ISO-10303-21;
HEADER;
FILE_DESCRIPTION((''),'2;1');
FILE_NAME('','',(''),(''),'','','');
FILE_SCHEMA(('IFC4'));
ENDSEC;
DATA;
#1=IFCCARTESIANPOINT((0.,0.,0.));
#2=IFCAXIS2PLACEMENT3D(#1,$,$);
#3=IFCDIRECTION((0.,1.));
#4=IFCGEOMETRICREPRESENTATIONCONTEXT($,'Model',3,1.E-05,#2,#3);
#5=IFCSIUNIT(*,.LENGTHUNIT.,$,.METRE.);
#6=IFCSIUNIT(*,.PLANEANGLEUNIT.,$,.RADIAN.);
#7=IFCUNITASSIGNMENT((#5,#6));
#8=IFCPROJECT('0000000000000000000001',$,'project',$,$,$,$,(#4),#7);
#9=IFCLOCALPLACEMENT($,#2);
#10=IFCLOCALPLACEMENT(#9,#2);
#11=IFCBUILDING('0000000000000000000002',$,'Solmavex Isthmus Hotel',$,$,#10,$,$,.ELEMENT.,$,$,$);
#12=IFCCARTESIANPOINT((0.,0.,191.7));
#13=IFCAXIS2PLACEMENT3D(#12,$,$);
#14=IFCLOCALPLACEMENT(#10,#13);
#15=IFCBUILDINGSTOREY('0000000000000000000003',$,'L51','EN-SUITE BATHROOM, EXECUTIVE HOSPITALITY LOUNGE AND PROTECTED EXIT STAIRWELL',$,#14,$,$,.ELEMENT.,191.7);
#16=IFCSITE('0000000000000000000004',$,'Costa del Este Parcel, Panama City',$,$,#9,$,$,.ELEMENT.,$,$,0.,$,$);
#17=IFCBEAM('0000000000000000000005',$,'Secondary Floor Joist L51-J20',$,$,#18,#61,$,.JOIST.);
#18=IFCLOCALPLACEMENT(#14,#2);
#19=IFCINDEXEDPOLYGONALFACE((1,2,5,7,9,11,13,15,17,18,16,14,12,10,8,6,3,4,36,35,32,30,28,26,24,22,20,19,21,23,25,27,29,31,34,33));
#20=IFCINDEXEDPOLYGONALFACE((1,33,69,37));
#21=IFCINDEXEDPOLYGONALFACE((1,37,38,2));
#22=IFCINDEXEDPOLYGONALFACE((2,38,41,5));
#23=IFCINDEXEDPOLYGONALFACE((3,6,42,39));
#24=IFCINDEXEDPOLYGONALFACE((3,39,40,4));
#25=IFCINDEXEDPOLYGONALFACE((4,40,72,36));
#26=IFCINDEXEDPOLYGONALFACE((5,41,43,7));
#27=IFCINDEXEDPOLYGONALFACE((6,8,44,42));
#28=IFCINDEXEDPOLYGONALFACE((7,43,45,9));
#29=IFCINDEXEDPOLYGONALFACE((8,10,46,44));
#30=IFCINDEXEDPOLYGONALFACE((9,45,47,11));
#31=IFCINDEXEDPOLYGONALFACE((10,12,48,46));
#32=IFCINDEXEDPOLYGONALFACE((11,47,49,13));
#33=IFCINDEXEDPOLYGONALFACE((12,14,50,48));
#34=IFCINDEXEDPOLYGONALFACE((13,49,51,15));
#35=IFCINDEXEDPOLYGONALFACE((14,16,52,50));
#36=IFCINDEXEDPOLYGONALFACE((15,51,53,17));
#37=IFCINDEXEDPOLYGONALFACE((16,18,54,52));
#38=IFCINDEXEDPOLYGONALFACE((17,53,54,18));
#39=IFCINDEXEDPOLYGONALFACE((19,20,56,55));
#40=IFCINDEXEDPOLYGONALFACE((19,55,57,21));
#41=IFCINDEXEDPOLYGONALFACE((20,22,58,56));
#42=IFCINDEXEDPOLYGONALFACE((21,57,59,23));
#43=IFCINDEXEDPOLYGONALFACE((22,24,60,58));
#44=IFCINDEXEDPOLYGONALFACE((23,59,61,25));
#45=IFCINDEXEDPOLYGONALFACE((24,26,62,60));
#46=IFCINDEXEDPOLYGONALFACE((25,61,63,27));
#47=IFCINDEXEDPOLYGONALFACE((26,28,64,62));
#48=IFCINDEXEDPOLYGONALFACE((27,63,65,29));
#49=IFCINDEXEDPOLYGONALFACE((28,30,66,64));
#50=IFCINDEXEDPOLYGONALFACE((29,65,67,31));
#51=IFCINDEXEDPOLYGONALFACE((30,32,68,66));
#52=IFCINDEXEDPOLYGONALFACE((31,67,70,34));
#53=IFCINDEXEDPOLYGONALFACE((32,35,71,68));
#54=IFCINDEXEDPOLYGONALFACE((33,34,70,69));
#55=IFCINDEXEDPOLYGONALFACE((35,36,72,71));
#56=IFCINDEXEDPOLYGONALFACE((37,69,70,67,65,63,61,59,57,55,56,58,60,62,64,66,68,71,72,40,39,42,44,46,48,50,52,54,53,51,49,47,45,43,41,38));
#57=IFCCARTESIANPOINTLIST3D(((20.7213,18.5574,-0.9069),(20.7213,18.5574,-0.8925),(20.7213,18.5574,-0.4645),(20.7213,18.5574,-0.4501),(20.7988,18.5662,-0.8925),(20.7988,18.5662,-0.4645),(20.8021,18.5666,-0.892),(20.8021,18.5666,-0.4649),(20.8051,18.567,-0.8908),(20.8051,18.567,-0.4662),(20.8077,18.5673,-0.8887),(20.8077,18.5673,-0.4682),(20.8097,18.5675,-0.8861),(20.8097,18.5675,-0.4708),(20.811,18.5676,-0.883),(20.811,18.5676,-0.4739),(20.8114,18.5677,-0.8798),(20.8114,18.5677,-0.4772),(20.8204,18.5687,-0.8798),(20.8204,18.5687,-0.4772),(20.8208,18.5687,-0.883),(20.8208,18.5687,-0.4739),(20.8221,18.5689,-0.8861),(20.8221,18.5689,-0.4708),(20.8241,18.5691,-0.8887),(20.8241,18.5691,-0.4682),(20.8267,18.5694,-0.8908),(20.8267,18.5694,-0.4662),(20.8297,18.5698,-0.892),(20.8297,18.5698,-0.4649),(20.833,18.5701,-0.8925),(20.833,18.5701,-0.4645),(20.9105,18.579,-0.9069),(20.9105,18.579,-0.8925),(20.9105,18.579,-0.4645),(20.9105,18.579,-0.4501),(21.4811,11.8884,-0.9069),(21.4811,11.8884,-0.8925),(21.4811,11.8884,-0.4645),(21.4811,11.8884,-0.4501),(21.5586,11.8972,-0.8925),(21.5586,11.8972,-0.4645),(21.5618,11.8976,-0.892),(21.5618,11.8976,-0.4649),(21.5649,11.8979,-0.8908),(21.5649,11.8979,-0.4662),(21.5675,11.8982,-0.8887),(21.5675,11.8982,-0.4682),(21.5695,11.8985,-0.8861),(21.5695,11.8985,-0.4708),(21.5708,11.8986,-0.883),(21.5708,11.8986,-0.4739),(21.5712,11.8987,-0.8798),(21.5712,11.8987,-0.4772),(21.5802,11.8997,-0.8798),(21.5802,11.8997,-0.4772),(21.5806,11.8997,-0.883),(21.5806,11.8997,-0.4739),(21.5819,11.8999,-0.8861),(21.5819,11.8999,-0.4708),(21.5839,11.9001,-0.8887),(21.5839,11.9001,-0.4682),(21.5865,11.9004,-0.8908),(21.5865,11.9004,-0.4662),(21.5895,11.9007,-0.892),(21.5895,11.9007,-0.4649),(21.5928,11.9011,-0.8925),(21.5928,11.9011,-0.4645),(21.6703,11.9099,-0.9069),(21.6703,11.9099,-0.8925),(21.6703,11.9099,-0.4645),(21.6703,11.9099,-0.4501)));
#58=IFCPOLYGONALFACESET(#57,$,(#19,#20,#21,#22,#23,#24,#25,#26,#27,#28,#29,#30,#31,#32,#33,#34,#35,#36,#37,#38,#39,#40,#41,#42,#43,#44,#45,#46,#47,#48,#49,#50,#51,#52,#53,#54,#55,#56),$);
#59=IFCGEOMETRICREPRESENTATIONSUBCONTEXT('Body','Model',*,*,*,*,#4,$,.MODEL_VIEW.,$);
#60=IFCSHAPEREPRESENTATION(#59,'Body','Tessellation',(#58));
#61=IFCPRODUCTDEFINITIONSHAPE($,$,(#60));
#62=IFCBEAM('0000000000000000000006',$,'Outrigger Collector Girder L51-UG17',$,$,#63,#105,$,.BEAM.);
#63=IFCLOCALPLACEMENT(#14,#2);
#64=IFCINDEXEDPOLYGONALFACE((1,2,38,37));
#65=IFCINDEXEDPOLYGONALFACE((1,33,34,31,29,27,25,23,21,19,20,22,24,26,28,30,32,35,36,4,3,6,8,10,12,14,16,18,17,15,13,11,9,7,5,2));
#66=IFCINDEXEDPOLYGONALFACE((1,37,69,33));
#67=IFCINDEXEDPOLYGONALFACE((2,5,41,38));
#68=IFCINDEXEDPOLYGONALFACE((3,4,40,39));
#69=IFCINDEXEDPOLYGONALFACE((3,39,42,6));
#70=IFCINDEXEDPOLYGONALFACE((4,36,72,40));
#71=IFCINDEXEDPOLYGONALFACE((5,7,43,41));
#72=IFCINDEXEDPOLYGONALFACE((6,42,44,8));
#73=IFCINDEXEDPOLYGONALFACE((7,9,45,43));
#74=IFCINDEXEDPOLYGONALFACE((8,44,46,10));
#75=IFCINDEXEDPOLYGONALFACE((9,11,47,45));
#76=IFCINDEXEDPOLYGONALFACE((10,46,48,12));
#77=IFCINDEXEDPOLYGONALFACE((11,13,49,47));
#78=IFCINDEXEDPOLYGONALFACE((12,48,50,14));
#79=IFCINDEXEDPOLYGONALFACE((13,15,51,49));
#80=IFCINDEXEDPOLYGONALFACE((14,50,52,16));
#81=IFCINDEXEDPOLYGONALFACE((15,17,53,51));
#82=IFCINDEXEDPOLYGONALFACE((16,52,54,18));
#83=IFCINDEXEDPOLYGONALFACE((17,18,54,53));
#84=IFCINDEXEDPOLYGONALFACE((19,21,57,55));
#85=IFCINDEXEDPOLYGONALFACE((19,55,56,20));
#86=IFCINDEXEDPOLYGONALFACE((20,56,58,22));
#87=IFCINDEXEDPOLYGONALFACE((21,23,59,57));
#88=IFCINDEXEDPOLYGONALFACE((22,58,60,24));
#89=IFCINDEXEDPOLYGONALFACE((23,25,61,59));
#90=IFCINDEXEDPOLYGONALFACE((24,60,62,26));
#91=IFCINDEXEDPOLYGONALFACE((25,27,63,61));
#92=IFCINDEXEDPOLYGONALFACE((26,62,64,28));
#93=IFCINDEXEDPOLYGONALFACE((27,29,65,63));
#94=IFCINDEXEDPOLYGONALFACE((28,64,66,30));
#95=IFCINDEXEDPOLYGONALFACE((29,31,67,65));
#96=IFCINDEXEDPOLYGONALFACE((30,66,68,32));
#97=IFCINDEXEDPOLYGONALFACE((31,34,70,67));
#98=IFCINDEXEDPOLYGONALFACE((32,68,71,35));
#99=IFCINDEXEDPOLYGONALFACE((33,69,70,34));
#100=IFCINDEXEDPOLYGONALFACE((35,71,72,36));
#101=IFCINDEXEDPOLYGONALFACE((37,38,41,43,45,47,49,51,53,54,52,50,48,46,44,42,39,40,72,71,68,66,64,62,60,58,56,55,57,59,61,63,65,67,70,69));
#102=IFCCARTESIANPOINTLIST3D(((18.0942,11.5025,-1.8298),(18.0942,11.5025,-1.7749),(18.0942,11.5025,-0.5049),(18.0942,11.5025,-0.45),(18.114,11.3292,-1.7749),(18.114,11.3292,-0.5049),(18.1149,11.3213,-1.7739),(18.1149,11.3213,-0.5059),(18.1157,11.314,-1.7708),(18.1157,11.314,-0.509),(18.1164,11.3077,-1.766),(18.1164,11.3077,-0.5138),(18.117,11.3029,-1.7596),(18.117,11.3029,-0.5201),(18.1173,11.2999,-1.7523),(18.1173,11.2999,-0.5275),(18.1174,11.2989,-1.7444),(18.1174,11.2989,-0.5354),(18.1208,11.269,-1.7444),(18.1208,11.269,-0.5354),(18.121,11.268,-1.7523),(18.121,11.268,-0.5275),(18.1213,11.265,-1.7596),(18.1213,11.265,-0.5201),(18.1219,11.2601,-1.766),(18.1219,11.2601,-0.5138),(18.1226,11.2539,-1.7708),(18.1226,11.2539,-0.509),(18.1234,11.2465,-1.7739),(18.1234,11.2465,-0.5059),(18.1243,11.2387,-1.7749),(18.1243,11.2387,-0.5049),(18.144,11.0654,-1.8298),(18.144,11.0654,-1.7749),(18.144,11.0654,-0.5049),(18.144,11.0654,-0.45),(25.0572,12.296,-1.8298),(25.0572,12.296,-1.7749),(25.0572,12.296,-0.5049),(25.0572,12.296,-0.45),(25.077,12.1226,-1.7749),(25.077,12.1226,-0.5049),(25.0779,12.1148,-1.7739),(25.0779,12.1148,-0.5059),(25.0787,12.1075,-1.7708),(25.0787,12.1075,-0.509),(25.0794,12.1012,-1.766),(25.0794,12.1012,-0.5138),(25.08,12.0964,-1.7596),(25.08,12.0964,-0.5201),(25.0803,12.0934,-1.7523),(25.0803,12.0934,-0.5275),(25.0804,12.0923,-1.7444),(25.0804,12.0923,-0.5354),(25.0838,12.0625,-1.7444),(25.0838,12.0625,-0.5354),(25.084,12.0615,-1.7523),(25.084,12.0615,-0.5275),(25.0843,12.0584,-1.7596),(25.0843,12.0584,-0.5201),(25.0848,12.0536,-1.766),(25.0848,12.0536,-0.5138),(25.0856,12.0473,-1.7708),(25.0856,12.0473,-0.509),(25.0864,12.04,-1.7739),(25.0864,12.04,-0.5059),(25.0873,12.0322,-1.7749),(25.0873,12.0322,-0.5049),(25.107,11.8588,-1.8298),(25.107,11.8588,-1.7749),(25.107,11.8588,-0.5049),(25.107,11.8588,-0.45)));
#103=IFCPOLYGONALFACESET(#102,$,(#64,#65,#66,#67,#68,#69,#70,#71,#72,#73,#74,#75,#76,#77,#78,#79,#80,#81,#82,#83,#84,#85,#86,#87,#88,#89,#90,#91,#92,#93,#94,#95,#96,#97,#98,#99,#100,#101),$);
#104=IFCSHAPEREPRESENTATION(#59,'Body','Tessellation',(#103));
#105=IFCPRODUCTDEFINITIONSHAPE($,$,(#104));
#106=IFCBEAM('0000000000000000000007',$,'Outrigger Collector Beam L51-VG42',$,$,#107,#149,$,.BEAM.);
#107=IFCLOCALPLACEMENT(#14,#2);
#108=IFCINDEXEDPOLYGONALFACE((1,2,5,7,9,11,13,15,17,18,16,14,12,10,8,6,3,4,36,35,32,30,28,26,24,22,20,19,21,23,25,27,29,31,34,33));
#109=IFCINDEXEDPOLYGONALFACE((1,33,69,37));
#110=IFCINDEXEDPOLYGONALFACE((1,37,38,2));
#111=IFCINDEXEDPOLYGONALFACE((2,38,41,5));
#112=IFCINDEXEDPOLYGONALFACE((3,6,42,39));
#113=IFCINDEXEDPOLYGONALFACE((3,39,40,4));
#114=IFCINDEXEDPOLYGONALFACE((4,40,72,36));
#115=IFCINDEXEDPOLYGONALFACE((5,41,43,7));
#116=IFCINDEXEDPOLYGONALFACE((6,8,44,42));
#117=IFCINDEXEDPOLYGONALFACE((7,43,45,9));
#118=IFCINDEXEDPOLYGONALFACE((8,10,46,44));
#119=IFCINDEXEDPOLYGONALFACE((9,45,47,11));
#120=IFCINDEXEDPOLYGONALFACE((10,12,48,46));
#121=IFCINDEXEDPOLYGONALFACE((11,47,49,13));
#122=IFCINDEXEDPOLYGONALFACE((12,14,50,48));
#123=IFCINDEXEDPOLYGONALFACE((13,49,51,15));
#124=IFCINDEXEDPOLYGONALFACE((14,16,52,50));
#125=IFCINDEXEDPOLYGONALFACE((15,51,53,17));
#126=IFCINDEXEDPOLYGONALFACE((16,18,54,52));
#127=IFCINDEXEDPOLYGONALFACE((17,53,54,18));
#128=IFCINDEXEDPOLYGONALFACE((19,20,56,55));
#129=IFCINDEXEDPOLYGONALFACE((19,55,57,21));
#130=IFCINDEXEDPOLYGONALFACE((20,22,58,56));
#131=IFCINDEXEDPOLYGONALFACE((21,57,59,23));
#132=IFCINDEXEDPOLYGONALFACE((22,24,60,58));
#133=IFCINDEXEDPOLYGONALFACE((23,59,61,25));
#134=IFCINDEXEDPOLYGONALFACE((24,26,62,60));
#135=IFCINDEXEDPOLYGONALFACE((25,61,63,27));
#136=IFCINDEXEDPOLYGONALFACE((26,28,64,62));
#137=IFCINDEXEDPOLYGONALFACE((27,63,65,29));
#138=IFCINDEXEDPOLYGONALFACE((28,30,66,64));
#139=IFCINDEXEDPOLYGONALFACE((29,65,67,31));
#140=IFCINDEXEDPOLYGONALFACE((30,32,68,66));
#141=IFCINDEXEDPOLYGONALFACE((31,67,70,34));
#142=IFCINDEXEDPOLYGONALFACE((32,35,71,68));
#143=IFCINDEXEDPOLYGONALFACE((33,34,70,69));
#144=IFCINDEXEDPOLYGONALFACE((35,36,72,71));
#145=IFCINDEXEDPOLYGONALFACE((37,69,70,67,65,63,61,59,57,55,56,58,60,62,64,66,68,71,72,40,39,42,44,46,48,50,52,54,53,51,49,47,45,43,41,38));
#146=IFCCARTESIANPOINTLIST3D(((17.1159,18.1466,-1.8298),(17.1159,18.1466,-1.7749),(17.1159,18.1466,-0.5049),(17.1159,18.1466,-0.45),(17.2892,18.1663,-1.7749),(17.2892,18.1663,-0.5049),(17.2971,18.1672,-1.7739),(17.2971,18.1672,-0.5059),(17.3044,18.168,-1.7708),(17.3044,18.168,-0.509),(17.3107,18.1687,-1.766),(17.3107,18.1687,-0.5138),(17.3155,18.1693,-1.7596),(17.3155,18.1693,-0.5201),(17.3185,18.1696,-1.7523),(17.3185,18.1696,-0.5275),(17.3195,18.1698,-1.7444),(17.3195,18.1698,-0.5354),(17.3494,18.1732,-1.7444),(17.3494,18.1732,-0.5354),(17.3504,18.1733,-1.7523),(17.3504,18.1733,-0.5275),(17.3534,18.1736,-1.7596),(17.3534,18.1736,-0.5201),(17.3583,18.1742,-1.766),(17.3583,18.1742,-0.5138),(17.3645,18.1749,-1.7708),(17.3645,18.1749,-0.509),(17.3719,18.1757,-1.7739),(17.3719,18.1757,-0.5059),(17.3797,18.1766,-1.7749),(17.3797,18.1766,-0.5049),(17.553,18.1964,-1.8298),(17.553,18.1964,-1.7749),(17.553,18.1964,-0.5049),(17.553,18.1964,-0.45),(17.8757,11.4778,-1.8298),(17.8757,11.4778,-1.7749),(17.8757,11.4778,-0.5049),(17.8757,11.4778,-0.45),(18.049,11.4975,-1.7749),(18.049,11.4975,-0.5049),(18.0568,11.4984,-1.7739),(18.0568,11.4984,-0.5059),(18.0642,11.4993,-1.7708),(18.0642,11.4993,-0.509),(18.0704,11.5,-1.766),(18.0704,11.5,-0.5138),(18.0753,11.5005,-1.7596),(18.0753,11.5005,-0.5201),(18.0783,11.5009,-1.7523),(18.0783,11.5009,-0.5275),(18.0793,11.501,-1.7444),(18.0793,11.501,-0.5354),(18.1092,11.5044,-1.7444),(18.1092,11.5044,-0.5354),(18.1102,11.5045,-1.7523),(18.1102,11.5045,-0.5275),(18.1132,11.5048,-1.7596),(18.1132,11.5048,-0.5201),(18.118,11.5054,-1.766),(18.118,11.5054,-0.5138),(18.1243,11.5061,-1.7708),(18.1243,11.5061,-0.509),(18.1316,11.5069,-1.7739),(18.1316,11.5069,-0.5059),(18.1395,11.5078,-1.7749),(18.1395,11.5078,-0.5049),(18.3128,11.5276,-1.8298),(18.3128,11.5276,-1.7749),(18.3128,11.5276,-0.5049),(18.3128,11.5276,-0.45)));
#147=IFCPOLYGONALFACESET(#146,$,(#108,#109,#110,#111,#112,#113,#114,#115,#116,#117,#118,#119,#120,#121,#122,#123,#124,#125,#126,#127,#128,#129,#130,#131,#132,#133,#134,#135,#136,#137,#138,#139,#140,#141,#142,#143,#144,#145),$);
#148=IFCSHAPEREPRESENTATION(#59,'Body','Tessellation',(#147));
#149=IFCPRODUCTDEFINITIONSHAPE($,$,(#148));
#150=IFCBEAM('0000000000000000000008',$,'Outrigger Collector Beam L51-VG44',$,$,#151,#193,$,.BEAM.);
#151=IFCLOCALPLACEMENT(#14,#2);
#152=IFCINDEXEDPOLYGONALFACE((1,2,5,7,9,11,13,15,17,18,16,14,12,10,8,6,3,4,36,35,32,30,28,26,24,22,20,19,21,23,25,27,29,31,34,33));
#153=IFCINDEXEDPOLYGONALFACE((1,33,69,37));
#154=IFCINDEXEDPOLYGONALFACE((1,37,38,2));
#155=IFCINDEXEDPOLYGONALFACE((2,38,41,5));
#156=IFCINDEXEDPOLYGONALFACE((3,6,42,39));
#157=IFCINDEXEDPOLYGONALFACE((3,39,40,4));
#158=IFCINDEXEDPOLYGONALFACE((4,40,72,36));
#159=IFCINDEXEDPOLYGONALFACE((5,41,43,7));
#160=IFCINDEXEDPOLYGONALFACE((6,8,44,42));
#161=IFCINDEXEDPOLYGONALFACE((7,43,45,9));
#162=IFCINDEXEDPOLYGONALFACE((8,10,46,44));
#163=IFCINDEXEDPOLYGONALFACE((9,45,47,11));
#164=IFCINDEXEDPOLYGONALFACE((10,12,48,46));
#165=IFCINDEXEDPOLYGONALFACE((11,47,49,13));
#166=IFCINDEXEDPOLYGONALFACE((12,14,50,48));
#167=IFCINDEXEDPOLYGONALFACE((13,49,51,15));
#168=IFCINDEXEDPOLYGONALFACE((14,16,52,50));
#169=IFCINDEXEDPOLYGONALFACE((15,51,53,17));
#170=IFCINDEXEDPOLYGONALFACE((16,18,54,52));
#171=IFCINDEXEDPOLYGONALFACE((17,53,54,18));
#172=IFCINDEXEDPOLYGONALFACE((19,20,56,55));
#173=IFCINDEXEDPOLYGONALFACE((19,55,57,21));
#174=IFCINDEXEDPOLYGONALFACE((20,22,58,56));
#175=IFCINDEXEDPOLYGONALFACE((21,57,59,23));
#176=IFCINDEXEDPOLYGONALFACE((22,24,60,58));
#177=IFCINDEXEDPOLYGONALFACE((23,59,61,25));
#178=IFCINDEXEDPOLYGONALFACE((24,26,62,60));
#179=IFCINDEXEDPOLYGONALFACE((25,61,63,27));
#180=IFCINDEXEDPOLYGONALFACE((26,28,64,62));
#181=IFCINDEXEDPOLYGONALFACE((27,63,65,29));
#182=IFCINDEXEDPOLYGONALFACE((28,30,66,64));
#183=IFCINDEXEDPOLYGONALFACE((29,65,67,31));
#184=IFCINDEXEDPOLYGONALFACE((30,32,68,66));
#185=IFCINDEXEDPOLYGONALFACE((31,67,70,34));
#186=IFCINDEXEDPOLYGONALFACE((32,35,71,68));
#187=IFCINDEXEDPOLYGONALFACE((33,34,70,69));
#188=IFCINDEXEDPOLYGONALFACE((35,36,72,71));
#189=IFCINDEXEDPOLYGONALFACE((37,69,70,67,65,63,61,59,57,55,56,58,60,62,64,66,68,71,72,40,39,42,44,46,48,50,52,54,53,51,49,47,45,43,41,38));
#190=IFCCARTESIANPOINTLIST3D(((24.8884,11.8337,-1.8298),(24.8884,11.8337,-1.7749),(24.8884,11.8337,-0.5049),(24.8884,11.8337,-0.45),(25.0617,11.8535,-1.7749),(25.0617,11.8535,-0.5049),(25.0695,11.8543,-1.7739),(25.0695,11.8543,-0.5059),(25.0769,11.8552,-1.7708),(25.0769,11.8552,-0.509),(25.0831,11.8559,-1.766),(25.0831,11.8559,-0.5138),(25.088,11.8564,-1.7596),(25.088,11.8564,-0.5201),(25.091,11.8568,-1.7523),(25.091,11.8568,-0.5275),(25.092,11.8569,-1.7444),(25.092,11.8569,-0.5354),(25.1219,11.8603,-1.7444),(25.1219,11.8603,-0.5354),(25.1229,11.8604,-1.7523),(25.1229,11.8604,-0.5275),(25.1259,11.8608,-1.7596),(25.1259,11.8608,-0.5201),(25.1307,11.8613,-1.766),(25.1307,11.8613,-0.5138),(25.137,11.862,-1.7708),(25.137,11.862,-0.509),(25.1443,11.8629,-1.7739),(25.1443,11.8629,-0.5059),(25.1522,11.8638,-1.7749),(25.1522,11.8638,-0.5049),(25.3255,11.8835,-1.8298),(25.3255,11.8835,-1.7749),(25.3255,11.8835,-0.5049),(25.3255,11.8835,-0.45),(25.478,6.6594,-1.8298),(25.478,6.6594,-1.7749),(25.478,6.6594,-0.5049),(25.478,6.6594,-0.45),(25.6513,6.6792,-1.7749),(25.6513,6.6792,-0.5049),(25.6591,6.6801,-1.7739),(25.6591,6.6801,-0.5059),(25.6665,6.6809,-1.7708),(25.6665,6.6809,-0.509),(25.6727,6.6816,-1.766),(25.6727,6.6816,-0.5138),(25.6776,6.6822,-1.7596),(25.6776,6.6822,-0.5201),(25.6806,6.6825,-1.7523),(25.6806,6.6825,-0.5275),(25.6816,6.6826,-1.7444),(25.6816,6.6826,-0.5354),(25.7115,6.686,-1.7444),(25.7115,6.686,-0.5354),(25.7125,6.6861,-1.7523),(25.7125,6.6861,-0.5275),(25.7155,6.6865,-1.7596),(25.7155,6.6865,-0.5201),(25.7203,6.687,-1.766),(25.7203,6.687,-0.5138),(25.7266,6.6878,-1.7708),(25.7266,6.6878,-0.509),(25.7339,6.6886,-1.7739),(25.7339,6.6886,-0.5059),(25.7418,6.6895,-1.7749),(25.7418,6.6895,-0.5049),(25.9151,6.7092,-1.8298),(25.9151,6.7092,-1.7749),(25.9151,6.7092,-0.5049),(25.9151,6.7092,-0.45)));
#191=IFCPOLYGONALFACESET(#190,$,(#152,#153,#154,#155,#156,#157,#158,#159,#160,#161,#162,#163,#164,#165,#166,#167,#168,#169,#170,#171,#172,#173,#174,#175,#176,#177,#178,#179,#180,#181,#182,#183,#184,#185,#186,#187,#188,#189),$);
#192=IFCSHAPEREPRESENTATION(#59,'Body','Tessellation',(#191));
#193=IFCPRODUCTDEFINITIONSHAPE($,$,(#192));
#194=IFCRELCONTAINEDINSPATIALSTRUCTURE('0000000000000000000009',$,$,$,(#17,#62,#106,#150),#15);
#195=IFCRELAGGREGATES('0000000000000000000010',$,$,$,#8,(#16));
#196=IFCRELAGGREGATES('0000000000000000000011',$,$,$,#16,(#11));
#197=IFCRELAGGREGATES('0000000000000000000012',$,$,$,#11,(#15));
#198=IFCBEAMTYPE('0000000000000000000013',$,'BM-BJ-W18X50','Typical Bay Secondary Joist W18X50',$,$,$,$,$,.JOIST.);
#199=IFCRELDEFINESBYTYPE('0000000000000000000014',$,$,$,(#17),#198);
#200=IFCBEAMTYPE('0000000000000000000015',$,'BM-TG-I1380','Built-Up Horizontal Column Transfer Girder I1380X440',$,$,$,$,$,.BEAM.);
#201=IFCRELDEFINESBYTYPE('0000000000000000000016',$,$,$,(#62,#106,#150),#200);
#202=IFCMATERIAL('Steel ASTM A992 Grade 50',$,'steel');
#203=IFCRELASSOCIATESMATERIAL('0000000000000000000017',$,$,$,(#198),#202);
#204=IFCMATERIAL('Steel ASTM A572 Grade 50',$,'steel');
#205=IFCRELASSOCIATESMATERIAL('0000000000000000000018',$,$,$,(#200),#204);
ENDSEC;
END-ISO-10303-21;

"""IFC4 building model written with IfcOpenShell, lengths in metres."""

from ifc_helpers import new_model, si_unit, direction, frame, origin, origin_2d, place, context, subcontext, project, spatial, i_section, extrude, material, material_profile, profile_set, type_object, element, save


model = new_model("IFC4")

# Units and contexts
model_context = context("Model", 3, precision=1e-05, world=origin(), true_north=direction((0.0, 1.0)))
body_context = subcontext(model_context, "Body", "Model", "MODEL_VIEW")
ifc_project = project(units=[si_unit("LENGTHUNIT", "METRE"), si_unit("PLANEANGLEUNIT", "RADIAN")], contexts=[model_context])

# Site, building, storey
site_placement = place(None, origin())
site = spatial("IfcSite", under=ifc_project, at=site_placement, Name="Costa del Este Parcel, Panama City", CompositionType="ELEMENT", RefElevation=0.0)
building_placement = place(site_placement, origin())
building = spatial("IfcBuilding", under=site, at=building_placement, Name="Solmavex Isthmus Hotel", CompositionType="ELEMENT")
storey_placement = place(building_placement, frame((0.0, 0.0, 191.7)))
storey = spatial("IfcBuildingStorey", under=building, at=storey_placement, Name="L51", Description="EN-SUITE BATHROOM, EXECUTIVE HOSPITALITY LOUNGE AND PROTECTED EXIT STAIRWELL", CompositionType="ELEMENT", Elevation=191.7)

# Beams
ifc_material_1 = material(Name="Steel ASTM A992 Grade 50", Category="steel")
ifc_material_profile_1 = material_profile(ifc_material_1, i_section(OverallWidth=0.1904, OverallDepth=0.4568, WebThickness=0.009, FlangeThickness=0.0144, FilletRadius=0.0127, at=origin_2d()), Name="W18X50")
ifc_profile_set_1 = profile_set([ifc_material_profile_1], Name="Steel ASTM A992 Grade 50")
beam_type_1 = type_object("IfcBeamType", Name="BM-BJ-W18X50", Description="Typical Bay Secondary Joist W18X50", PredefinedType="JOIST", material=ifc_profile_set_1)
beam_1_placement = place(storey_placement, frame((21.5757, 11.8992, -0.6785), z_axis=(-0.113194, 0.993573, 0.0), x_axis=(-0.993573, -0.113194, 0.0)))
element("IfcBeam", 1, at=beam_1_placement, inside=storey, type_object=beam_type_1, Name="Secondary Floor Joist L51-J20", PredefinedType="JOIST", context=body_context, shape_type="SweptSolid", body=[
    extrude(i_section(OverallWidth=0.1904, OverallDepth=0.4568, WebThickness=0.009, FlangeThickness=0.0144, FilletRadius=0.0127, at=origin_2d()), origin(), (0.0, 0.0, 1.0), 6.7122),
])
ifc_material_2 = material(Name="Steel ASTM A572 Grade 50", Category="steel")
ifc_material_profile_2 = material_profile(ifc_material_2, i_section(OverallWidth=0.4399, OverallDepth=1.3799, WebThickness=0.03, FlangeThickness=0.0549, FilletRadius=0.0305, at=origin_2d()), Name="I1380X440")
ifc_profile_set_2 = profile_set([ifc_material_profile_2], Name="Steel ASTM A572 Grade 50")
beam_type_2 = type_object("IfcBeamType", Name="BM-TG-I1380", Description="Built-Up Horizontal Column Transfer Girder I1380X440", PredefinedType="BEAM", material=ifc_profile_set_2)
beam_2_placement = place(storey_placement, frame((18.1191, 11.2839, -1.1399), z_axis=(0.99357, 0.113222, 0.0), x_axis=(-0.113222, 0.99357, 0.0)))
element("IfcBeam", 2, at=beam_2_placement, inside=storey, type_object=beam_type_2, Name="Outrigger Collector Girder L51-UG17", PredefinedType="BEAM", context=body_context, shape_type="SweptSolid", body=[
    extrude(i_section(OverallWidth=0.4399, OverallDepth=1.3799, WebThickness=0.03, FlangeThickness=0.0549, FilletRadius=0.0305, at=origin_2d()), origin(), (0.0, 0.0, 1.0), 7.0081),
])
beam_3_placement = place(storey_placement, frame((18.0942, 11.5027, -1.1399), z_axis=(-0.113198, 0.993572, 0.0), x_axis=(-0.993572, -0.113198, 0.0)))
element("IfcBeam", 3, at=beam_3_placement, inside=storey, type_object=beam_type_2, Name="Outrigger Collector Beam L51-VG42", PredefinedType="BEAM", context=body_context, shape_type="SweptSolid", body=[
    extrude(i_section(OverallWidth=0.4399, OverallDepth=1.3799, WebThickness=0.03, FlangeThickness=0.0549, FilletRadius=0.0305, at=origin_2d()), origin(), (0.0, 0.0, 1.0), 6.7119),
])
beam_4_placement = place(storey_placement, frame((25.6965, 6.6843, -1.1399), z_axis=(-0.113215, 0.993571, 0.0), x_axis=(-0.993571, -0.113215, 0.0)))
element("IfcBeam", 4, at=beam_4_placement, inside=storey, type_object=beam_type_2, Name="Outrigger Collector Beam L51-VG44", PredefinedType="BEAM", context=body_context, shape_type="SweptSolid", body=[
    extrude(i_section(OverallWidth=0.4399, OverallDepth=1.3799, WebThickness=0.03, FlangeThickness=0.0549, FilletRadius=0.0305, at=origin_2d()), origin(), (0.0, 0.0, 1.0), 5.2078),
])

save(model, "model.ifc")
